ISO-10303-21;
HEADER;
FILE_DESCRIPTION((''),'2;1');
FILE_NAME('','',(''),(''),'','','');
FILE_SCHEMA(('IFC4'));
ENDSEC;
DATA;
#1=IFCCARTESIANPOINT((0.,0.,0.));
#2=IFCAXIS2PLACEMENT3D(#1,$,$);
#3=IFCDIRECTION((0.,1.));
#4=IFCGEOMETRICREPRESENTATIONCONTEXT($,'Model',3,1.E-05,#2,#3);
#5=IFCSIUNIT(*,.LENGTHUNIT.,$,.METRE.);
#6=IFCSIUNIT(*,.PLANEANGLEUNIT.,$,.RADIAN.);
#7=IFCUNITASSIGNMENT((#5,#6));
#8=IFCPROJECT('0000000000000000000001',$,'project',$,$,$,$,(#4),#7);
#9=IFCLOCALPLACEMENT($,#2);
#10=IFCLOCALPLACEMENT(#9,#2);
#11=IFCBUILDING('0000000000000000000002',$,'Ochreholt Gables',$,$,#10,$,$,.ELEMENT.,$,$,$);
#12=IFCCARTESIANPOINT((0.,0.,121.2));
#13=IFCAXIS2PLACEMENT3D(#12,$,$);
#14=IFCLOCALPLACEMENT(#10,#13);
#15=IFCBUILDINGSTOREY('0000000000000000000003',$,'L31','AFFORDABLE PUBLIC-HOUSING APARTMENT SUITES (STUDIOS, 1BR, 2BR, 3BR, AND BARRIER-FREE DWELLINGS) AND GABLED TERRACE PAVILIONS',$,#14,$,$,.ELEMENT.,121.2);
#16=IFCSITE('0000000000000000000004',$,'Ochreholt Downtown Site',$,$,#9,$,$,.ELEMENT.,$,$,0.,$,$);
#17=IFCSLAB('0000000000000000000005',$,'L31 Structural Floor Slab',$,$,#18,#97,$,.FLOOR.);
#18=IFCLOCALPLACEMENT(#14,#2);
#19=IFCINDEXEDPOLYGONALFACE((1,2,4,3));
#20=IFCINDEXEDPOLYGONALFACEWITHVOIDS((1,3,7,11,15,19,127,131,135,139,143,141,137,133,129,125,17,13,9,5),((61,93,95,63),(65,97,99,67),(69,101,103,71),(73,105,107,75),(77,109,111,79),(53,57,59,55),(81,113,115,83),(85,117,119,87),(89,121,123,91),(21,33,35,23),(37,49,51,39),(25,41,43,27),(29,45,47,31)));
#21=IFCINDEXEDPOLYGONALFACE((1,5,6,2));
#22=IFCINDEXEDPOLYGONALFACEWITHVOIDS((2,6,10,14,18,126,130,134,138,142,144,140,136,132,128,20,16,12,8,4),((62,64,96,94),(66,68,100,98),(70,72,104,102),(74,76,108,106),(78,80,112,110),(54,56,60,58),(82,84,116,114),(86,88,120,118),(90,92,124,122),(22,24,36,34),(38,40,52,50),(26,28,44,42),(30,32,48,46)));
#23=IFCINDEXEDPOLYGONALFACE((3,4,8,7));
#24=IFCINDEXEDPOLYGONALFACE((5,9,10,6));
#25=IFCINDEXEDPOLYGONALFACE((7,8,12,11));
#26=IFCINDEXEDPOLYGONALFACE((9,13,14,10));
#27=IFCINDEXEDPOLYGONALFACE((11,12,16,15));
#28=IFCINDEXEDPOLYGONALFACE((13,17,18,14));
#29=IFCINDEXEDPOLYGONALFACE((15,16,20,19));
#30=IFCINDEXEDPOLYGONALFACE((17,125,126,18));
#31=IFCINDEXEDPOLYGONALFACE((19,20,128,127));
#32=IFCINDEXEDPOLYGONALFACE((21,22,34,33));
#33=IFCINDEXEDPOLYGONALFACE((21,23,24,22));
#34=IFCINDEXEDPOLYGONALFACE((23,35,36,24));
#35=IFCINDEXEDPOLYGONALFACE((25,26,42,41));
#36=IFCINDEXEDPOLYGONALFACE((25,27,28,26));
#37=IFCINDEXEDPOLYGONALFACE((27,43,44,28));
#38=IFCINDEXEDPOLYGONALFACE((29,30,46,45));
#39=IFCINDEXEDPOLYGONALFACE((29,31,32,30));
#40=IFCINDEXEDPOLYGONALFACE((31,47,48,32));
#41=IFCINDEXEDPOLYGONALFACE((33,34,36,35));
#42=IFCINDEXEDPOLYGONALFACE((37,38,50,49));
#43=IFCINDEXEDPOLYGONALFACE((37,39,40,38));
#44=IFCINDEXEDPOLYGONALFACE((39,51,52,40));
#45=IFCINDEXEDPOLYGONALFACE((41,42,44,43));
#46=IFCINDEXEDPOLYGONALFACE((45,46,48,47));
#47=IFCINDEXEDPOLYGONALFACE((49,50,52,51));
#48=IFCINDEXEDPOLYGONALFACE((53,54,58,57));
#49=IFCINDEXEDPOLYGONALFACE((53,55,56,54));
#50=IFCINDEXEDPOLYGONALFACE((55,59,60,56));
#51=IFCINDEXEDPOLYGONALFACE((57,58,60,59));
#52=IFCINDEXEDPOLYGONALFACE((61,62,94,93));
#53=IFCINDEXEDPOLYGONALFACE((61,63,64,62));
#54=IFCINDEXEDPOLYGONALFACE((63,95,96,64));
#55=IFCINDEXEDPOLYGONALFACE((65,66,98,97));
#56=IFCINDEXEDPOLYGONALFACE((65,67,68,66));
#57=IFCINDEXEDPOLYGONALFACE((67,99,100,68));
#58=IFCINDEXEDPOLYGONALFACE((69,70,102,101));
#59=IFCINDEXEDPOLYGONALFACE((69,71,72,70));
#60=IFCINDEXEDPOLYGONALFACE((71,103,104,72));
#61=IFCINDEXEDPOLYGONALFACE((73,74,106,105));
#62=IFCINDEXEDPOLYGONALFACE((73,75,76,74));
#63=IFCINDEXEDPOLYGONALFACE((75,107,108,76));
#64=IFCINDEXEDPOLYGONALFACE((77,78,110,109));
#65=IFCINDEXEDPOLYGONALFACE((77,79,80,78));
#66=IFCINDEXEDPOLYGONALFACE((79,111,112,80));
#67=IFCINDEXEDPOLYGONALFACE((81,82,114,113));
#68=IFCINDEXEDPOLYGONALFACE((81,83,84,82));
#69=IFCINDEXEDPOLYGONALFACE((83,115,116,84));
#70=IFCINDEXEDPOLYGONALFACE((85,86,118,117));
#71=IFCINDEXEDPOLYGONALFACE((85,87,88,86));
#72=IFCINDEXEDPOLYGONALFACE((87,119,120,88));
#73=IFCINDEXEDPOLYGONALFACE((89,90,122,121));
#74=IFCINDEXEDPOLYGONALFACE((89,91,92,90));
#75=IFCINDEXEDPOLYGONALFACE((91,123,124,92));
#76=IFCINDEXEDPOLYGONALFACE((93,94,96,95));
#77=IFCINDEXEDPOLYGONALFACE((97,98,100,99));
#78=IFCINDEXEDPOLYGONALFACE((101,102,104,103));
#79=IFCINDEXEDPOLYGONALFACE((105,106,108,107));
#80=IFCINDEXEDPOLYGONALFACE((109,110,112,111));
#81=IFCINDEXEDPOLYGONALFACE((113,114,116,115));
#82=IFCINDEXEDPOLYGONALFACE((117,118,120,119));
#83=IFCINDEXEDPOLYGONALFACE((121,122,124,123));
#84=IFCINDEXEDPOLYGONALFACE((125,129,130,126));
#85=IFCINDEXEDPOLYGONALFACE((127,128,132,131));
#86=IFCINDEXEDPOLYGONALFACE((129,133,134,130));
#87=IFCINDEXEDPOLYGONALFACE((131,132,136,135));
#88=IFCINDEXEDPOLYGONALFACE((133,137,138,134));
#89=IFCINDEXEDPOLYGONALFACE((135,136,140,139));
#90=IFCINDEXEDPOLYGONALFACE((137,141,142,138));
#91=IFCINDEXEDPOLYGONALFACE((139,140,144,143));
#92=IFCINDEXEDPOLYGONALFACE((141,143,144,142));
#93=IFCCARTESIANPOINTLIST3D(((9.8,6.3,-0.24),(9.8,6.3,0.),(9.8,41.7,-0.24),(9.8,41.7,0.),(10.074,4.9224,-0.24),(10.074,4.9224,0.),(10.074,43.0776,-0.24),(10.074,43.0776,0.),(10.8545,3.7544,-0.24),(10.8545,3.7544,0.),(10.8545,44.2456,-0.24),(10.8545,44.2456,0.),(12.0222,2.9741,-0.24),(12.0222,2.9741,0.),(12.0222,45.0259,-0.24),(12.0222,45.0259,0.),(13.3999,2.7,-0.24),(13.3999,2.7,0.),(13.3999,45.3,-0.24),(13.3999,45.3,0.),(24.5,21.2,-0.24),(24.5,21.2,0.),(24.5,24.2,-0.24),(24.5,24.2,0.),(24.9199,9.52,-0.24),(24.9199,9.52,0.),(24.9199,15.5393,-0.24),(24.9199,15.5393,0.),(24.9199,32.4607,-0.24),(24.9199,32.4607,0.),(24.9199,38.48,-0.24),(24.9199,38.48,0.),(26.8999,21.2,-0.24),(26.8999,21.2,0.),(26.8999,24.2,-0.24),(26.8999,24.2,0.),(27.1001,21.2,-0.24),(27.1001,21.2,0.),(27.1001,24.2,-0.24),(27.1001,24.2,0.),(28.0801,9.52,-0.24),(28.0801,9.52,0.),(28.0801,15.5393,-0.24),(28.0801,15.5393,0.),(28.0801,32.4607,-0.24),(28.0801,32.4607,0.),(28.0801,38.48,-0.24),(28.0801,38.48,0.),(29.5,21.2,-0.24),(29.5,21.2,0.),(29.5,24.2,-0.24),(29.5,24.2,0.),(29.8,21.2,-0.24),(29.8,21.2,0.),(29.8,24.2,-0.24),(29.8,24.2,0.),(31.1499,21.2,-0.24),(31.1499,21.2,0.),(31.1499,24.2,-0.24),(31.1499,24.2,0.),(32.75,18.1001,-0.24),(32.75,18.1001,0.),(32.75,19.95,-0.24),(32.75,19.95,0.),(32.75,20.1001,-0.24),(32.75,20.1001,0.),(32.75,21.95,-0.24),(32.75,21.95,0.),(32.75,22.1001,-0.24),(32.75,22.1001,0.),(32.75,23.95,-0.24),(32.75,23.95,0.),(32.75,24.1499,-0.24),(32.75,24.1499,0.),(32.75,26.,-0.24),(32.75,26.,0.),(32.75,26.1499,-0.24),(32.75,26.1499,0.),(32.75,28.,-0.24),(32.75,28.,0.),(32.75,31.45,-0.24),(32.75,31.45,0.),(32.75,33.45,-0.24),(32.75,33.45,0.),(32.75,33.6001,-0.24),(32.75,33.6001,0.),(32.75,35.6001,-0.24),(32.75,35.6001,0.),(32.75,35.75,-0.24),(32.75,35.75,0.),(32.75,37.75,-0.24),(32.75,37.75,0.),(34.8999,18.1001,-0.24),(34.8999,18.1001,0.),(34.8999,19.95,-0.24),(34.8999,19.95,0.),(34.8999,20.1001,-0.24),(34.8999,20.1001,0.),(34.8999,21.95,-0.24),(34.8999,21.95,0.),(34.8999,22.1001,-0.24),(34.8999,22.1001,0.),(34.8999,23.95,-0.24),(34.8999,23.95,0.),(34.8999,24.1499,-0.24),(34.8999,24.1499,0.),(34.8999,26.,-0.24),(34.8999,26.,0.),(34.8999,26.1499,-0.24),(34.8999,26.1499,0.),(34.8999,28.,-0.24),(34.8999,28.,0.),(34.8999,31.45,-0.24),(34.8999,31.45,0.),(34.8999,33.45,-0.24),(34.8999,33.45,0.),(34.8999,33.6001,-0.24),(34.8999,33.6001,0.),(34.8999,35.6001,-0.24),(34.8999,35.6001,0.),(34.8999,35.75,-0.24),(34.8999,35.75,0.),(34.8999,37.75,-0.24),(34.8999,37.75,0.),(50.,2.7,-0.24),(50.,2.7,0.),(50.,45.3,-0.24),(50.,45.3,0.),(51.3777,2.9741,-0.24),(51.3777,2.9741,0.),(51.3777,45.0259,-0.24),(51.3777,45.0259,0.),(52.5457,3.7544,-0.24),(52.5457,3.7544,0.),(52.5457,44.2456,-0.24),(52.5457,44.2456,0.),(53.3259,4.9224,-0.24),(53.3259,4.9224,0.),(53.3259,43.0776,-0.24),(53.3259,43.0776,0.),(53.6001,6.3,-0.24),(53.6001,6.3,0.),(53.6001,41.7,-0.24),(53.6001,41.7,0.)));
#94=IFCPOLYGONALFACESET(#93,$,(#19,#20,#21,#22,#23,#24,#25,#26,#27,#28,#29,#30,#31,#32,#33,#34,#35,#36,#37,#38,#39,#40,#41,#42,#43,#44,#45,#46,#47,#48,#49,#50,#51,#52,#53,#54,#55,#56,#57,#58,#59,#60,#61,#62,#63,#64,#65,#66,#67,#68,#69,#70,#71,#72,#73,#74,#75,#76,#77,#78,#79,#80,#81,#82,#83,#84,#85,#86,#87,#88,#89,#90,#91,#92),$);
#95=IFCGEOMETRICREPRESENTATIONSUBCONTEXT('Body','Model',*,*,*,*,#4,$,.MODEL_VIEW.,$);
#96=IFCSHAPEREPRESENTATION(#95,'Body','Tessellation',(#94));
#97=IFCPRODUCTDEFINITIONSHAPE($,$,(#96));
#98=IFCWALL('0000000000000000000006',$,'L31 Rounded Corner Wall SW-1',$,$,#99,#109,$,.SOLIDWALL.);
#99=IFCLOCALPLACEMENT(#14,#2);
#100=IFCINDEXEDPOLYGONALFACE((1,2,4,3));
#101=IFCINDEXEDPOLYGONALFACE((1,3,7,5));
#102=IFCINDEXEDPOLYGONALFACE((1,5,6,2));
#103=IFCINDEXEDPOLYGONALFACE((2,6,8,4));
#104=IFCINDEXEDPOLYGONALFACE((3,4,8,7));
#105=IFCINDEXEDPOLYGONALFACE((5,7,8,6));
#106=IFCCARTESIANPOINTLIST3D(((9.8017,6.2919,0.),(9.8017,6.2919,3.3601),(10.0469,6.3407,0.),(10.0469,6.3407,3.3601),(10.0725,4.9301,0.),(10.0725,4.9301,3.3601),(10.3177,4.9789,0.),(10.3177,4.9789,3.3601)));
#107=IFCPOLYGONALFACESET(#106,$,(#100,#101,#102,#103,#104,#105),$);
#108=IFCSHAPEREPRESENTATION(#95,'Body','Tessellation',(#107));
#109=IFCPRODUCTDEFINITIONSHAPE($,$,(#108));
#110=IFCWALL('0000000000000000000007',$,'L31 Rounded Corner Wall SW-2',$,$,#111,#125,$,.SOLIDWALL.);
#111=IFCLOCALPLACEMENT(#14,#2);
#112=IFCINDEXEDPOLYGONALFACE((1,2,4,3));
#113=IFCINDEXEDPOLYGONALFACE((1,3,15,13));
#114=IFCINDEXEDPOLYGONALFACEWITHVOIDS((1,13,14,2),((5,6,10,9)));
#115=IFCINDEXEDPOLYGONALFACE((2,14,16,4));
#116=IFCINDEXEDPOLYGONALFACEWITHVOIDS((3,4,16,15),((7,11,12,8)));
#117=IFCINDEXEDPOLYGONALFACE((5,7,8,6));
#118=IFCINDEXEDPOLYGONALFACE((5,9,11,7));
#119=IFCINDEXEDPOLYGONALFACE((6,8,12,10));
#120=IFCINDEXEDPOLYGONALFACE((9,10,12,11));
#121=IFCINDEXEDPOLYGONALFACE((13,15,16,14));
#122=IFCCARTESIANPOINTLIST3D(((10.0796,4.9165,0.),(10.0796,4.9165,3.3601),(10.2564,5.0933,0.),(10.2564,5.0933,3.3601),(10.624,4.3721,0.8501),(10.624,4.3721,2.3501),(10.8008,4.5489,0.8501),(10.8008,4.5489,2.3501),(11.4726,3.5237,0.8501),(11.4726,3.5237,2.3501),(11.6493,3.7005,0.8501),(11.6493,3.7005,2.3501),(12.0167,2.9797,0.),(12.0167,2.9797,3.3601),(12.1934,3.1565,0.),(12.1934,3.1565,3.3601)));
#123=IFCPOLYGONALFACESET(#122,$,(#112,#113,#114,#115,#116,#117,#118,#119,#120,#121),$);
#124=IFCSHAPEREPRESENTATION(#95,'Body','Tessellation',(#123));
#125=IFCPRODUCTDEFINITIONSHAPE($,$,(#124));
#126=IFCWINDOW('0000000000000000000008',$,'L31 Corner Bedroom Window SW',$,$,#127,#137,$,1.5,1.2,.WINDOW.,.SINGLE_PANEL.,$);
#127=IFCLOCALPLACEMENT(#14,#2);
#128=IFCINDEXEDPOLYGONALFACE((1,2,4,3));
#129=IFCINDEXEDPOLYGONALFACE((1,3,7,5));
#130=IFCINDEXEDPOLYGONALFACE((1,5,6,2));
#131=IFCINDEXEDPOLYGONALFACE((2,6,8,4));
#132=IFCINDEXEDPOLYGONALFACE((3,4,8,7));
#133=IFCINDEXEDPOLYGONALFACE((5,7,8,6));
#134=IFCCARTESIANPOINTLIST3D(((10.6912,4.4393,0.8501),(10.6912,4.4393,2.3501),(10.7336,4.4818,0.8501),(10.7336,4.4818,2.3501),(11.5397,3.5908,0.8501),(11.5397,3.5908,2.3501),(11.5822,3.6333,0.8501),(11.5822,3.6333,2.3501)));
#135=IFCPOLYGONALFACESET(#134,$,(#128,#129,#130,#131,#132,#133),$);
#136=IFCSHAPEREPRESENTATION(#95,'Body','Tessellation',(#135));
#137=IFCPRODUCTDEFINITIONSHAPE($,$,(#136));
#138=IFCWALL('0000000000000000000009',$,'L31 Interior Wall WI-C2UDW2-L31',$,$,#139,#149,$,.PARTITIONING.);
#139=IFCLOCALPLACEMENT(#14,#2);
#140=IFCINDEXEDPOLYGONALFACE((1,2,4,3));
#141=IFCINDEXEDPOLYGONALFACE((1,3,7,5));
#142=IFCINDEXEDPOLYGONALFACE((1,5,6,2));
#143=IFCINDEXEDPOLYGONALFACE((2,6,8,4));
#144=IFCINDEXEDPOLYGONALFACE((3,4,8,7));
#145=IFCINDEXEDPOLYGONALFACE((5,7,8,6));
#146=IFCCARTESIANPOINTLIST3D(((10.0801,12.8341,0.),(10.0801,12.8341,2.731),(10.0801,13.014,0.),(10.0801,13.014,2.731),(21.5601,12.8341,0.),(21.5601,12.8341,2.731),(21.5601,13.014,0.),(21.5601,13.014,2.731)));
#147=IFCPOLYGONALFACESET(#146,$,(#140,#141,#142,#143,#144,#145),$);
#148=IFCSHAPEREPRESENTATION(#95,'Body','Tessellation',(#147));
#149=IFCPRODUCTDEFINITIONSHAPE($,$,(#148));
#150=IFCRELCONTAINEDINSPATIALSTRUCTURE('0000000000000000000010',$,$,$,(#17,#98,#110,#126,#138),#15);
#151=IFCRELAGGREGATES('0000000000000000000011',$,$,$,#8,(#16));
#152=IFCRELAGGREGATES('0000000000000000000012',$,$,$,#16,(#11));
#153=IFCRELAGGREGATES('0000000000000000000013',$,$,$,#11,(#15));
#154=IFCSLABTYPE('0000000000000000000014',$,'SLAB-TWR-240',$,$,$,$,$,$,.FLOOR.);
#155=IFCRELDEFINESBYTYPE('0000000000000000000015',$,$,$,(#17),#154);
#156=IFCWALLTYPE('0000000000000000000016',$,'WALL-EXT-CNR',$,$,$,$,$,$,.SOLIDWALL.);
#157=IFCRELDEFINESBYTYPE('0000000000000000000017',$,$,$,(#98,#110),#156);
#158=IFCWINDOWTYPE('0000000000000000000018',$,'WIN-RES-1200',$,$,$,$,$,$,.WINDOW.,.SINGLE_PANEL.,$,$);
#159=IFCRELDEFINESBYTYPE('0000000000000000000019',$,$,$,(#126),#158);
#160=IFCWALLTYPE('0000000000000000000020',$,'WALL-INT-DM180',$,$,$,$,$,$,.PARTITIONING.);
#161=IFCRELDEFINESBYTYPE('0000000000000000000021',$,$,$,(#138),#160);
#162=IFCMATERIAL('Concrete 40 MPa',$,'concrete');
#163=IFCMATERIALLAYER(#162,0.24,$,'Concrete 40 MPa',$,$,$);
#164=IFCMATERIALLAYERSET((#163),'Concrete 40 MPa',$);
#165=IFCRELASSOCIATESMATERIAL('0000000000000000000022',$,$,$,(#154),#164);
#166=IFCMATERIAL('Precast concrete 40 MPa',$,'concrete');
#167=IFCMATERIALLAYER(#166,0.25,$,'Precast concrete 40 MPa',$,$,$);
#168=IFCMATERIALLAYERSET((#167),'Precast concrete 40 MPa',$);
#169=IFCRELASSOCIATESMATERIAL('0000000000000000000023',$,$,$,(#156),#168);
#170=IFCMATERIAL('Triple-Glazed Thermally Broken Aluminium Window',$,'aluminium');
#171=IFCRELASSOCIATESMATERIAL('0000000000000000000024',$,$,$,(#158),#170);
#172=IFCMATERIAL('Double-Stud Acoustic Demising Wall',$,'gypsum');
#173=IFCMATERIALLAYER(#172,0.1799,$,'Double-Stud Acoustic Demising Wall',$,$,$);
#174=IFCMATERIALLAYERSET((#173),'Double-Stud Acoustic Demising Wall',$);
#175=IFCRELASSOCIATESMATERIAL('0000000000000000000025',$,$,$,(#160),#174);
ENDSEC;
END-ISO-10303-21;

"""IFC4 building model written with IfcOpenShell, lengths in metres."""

from ifc_helpers import new_model, si_unit, direction, frame, frame_2d, origin, place, context, subcontext, project, spatial, polyline, rectangle, outline, extrude, material, layer, layer_set, type_object, element, fill, save


model = new_model("IFC4")

# Units and contexts
model_context = context("Model", 3, precision=1e-05, world=origin(), true_north=direction((0.0, 1.0)))
body_context = subcontext(model_context, "Body", "Model", "MODEL_VIEW")
ifc_project = project(units=[si_unit("LENGTHUNIT", "METRE"), si_unit("PLANEANGLEUNIT", "RADIAN")], contexts=[model_context])

# Site, building, storey
site_placement = place(None, origin())
site = spatial("IfcSite", under=ifc_project, at=site_placement, Name="Ochreholt Downtown Site", CompositionType="ELEMENT", RefElevation=0.0)
building_placement = place(site_placement, origin())
building = spatial("IfcBuilding", under=site, at=building_placement, Name="Ochreholt Gables", CompositionType="ELEMENT")
storey_placement = place(building_placement, frame((0.0, 0.0, 121.2)))
storey = spatial("IfcBuildingStorey", under=building, at=storey_placement, Name="L31", Description="AFFORDABLE PUBLIC-HOUSING APARTMENT SUITES (STUDIOS, 1BR, 2BR, 3BR, AND BARRIER-FREE DWELLINGS) AND GABLED TERRACE PAVILIONS", CompositionType="ELEMENT", Elevation=121.2)

# Shared definitions
ifc_material_1 = material(Name="Concrete 40 MPa", Category="concrete")

# Slab
ifc_layer_1 = layer(ifc_material_1, 0.24, Name="Concrete 40 MPa")
ifc_layer_set_1 = layer_set([ifc_layer_1], Name="Concrete 40 MPa")
slab_type_1 = type_object("IfcSlabType", Name="SLAB-TWR-240", PredefinedType="FLOOR", material=ifc_layer_set_1)
slab_1_placement = place(storey_placement, frame((0.0, 0.0, -0.24)))
element("IfcSlab", 1, at=slab_1_placement, inside=storey, type_object=slab_type_1, Name="L31 Structural Floor Slab", PredefinedType="FLOOR", context=body_context, shape_type="SweptSolid", body=[
    extrude(outline(polyline([(9.8, 6.3), (10.074, 4.9224), (10.8545, 3.7544), (12.0222, 2.9741), (13.3999, 2.7), (50.0, 2.7), (51.3777, 2.9741), (52.5457, 3.7544), (53.3259, 4.9224), (53.6001, 6.3), (53.6001, 41.7), (53.3259, 43.0776), (52.5457, 44.2456), (51.3777, 45.0259), (50.0, 45.3), (13.3999, 45.3), (12.0222, 45.0259), (10.8545, 44.2456), (10.074, 43.0776), (9.8, 41.7), (9.8, 6.3)]), holes=[polyline([(24.9199, 15.5393), (24.9199, 9.52), (28.0801, 9.52), (28.0801, 15.5393), (24.9199, 15.5393)]), polyline([(28.0801, 32.4607), (28.0801, 38.48), (24.9199, 38.48), (24.9199, 32.4607), (28.0801, 32.4607)]), polyline([(24.5, 21.2), (26.8999, 21.2), (26.8999, 24.2), (24.5, 24.2), (24.5, 21.2)]), polyline([(27.1001, 21.2), (29.5, 21.2), (29.5, 24.2), (27.1001, 24.2), (27.1001, 21.2)]), polyline([(32.75, 18.1001), (34.8999, 18.1001), (34.8999, 19.95), (32.75, 19.95), (32.75, 18.1001)]), polyline([(32.75, 20.1001), (34.8999, 20.1001), (34.8999, 21.95), (32.75, 21.95), (32.75, 20.1001)]), polyline([(32.75, 22.1001), (34.8999, 22.1001), (34.8999, 23.95), (32.75, 23.95), (32.75, 22.1001)]), polyline([(32.75, 24.1499), (34.8999, 24.1499), (34.8999, 26.0), (32.75, 26.0), (32.75, 24.1499)]), polyline([(32.75, 26.1499), (34.8999, 26.1499), (34.8999, 28.0), (32.75, 28.0), (32.75, 26.1499)]), polyline([(32.75, 31.45), (34.8999, 31.45), (34.8999, 33.45), (32.75, 33.45), (32.75, 31.45)]), polyline([(32.75, 33.6001), (34.8999, 33.6001), (34.8999, 35.6001), (32.75, 35.6001), (32.75, 33.6001)]), polyline([(32.75, 35.75), (34.8999, 35.75), (34.8999, 37.75), (32.75, 37.75), (32.75, 35.75)]), polyline([(29.8, 21.2), (31.1499, 21.2), (31.1499, 24.2), (29.8, 24.2), (29.8, 21.2)])]), origin(), (0.0, 0.0, 1.0), 0.24),
])

# Wall
ifc_material_2 = material(Name="Precast concrete 40 MPa", Category="concrete")
ifc_layer_2 = layer(ifc_material_2, 0.25, Name="Precast concrete 40 MPa")
ifc_layer_set_2 = layer_set([ifc_layer_2], Name="Precast concrete 40 MPa")
wall_type_1 = type_object("IfcWallType", Name="WALL-EXT-CNR", PredefinedType="SOLIDWALL", material=ifc_layer_set_2)
wall_1_placement = place(storey_placement, frame((9.9243, 6.3164, 0.0), z_axis=(0.0, 0.0, 1.0), x_axis=(0.195, -0.980803, 0.0)))
element("IfcWall", 2, at=wall_1_placement, inside=storey, type_object=wall_type_1, Name="L31 Rounded Corner Wall SW-1", PredefinedType="SOLIDWALL", context=body_context, shape_type="SweptSolid", body=[
    extrude(rectangle(XDim=1.3884, YDim=0.25, at=frame_2d((0.6943, 0.0))), origin(), (0.0, 0.0, 1.0), 3.3601),
])

# Wall, opening, window
wall_2_placement = place(storey_placement, frame((10.168, 5.0049, 0.0), z_axis=(0.0, 0.0, 1.0), x_axis=(0.707151, -0.707062, 0.0)))
wall_2 = element("IfcWall", 3, at=wall_2_placement, inside=storey, type_object=wall_type_1, Name="L31 Rounded Corner Wall SW-2", PredefinedType="SOLIDWALL", context=body_context, shape_type="SweptSolid", body=[
    extrude(rectangle(XDim=2.7393, YDim=0.25, at=frame_2d((1.3696, 0.0))), origin(), (0.0, 0.0, 1.0), 3.3601),
])
opening_1_placement = place(wall_2_placement, frame((0.7698, 0.0, 0.8501)))
opening_1 = element("IfcOpeningElement", 4, at=opening_1_placement, cuts=wall_2, PredefinedType="OPENING", context=body_context, shape_type="SweptSolid", body=[
    extrude(rectangle(XDim=1.2, YDim=1.5, at=frame_2d((0.6001, 0.75))), frame((0.0, 0.135, 0.0), z_axis=(0.0, -1.0, 0.0), x_axis=(1.0, 0.0, 0.0)), (0.0, 0.0, 1.0), 0.27),
])
ifc_material_3 = material(Name="Triple-Glazed Thermally Broken Aluminium Window", Category="aluminium")
window_type = type_object("IfcWindowType", Name="WIN-RES-1200", PartitioningType="SINGLE_PANEL", PredefinedType="WINDOW", material=ifc_material_3)
window_placement = place(opening_1_placement, origin())
window = element("IfcWindow", 5, at=window_placement, inside=storey, type_object=window_type, Name="L31 Corner Bedroom Window SW", OverallHeight=1.5, OverallWidth=1.2, PartitioningType="SINGLE_PANEL", PredefinedType="WINDOW", context=body_context, shape_type="SweptSolid", body=[
    extrude(rectangle(XDim=1.2, YDim=1.5, at=frame_2d((0.6001, 0.75))), frame((0.0, 0.03, 0.0), z_axis=(0.0, -1.0, 0.0), x_axis=(1.0, 0.0, 0.0)), (0.0, 0.0, 1.0), 0.0601),
])
fill(opening_1, window)

# Wall
ifc_material_4 = material(Name="Double-Stud Acoustic Demising Wall", Category="gypsum")
ifc_layer_3 = layer(ifc_material_4, 0.1799, Name="Double-Stud Acoustic Demising Wall")
ifc_layer_set_3 = layer_set([ifc_layer_3], Name="Double-Stud Acoustic Demising Wall")
wall_type_2 = type_object("IfcWallType", Name="WALL-INT-DM180", PredefinedType="PARTITIONING", material=ifc_layer_set_3)
wall_3_placement = place(storey_placement, frame((10.0801, 12.9241, 0.0), z_axis=(0.0, 0.0, 1.0), x_axis=(1.0, 0.0, 0.0)))
element("IfcWall", 6, at=wall_3_placement, inside=storey, type_object=wall_type_2, Name="L31 Interior Wall WI-C2UDW2-L31", PredefinedType="PARTITIONING", context=body_context, shape_type="SweptSolid", body=[
    extrude(rectangle(XDim=11.48, YDim=0.1799, at=frame_2d((5.74, 0.0))), origin(), (0.0, 0.0, 1.0), 2.731),
])

save(model, "model.ifc")
